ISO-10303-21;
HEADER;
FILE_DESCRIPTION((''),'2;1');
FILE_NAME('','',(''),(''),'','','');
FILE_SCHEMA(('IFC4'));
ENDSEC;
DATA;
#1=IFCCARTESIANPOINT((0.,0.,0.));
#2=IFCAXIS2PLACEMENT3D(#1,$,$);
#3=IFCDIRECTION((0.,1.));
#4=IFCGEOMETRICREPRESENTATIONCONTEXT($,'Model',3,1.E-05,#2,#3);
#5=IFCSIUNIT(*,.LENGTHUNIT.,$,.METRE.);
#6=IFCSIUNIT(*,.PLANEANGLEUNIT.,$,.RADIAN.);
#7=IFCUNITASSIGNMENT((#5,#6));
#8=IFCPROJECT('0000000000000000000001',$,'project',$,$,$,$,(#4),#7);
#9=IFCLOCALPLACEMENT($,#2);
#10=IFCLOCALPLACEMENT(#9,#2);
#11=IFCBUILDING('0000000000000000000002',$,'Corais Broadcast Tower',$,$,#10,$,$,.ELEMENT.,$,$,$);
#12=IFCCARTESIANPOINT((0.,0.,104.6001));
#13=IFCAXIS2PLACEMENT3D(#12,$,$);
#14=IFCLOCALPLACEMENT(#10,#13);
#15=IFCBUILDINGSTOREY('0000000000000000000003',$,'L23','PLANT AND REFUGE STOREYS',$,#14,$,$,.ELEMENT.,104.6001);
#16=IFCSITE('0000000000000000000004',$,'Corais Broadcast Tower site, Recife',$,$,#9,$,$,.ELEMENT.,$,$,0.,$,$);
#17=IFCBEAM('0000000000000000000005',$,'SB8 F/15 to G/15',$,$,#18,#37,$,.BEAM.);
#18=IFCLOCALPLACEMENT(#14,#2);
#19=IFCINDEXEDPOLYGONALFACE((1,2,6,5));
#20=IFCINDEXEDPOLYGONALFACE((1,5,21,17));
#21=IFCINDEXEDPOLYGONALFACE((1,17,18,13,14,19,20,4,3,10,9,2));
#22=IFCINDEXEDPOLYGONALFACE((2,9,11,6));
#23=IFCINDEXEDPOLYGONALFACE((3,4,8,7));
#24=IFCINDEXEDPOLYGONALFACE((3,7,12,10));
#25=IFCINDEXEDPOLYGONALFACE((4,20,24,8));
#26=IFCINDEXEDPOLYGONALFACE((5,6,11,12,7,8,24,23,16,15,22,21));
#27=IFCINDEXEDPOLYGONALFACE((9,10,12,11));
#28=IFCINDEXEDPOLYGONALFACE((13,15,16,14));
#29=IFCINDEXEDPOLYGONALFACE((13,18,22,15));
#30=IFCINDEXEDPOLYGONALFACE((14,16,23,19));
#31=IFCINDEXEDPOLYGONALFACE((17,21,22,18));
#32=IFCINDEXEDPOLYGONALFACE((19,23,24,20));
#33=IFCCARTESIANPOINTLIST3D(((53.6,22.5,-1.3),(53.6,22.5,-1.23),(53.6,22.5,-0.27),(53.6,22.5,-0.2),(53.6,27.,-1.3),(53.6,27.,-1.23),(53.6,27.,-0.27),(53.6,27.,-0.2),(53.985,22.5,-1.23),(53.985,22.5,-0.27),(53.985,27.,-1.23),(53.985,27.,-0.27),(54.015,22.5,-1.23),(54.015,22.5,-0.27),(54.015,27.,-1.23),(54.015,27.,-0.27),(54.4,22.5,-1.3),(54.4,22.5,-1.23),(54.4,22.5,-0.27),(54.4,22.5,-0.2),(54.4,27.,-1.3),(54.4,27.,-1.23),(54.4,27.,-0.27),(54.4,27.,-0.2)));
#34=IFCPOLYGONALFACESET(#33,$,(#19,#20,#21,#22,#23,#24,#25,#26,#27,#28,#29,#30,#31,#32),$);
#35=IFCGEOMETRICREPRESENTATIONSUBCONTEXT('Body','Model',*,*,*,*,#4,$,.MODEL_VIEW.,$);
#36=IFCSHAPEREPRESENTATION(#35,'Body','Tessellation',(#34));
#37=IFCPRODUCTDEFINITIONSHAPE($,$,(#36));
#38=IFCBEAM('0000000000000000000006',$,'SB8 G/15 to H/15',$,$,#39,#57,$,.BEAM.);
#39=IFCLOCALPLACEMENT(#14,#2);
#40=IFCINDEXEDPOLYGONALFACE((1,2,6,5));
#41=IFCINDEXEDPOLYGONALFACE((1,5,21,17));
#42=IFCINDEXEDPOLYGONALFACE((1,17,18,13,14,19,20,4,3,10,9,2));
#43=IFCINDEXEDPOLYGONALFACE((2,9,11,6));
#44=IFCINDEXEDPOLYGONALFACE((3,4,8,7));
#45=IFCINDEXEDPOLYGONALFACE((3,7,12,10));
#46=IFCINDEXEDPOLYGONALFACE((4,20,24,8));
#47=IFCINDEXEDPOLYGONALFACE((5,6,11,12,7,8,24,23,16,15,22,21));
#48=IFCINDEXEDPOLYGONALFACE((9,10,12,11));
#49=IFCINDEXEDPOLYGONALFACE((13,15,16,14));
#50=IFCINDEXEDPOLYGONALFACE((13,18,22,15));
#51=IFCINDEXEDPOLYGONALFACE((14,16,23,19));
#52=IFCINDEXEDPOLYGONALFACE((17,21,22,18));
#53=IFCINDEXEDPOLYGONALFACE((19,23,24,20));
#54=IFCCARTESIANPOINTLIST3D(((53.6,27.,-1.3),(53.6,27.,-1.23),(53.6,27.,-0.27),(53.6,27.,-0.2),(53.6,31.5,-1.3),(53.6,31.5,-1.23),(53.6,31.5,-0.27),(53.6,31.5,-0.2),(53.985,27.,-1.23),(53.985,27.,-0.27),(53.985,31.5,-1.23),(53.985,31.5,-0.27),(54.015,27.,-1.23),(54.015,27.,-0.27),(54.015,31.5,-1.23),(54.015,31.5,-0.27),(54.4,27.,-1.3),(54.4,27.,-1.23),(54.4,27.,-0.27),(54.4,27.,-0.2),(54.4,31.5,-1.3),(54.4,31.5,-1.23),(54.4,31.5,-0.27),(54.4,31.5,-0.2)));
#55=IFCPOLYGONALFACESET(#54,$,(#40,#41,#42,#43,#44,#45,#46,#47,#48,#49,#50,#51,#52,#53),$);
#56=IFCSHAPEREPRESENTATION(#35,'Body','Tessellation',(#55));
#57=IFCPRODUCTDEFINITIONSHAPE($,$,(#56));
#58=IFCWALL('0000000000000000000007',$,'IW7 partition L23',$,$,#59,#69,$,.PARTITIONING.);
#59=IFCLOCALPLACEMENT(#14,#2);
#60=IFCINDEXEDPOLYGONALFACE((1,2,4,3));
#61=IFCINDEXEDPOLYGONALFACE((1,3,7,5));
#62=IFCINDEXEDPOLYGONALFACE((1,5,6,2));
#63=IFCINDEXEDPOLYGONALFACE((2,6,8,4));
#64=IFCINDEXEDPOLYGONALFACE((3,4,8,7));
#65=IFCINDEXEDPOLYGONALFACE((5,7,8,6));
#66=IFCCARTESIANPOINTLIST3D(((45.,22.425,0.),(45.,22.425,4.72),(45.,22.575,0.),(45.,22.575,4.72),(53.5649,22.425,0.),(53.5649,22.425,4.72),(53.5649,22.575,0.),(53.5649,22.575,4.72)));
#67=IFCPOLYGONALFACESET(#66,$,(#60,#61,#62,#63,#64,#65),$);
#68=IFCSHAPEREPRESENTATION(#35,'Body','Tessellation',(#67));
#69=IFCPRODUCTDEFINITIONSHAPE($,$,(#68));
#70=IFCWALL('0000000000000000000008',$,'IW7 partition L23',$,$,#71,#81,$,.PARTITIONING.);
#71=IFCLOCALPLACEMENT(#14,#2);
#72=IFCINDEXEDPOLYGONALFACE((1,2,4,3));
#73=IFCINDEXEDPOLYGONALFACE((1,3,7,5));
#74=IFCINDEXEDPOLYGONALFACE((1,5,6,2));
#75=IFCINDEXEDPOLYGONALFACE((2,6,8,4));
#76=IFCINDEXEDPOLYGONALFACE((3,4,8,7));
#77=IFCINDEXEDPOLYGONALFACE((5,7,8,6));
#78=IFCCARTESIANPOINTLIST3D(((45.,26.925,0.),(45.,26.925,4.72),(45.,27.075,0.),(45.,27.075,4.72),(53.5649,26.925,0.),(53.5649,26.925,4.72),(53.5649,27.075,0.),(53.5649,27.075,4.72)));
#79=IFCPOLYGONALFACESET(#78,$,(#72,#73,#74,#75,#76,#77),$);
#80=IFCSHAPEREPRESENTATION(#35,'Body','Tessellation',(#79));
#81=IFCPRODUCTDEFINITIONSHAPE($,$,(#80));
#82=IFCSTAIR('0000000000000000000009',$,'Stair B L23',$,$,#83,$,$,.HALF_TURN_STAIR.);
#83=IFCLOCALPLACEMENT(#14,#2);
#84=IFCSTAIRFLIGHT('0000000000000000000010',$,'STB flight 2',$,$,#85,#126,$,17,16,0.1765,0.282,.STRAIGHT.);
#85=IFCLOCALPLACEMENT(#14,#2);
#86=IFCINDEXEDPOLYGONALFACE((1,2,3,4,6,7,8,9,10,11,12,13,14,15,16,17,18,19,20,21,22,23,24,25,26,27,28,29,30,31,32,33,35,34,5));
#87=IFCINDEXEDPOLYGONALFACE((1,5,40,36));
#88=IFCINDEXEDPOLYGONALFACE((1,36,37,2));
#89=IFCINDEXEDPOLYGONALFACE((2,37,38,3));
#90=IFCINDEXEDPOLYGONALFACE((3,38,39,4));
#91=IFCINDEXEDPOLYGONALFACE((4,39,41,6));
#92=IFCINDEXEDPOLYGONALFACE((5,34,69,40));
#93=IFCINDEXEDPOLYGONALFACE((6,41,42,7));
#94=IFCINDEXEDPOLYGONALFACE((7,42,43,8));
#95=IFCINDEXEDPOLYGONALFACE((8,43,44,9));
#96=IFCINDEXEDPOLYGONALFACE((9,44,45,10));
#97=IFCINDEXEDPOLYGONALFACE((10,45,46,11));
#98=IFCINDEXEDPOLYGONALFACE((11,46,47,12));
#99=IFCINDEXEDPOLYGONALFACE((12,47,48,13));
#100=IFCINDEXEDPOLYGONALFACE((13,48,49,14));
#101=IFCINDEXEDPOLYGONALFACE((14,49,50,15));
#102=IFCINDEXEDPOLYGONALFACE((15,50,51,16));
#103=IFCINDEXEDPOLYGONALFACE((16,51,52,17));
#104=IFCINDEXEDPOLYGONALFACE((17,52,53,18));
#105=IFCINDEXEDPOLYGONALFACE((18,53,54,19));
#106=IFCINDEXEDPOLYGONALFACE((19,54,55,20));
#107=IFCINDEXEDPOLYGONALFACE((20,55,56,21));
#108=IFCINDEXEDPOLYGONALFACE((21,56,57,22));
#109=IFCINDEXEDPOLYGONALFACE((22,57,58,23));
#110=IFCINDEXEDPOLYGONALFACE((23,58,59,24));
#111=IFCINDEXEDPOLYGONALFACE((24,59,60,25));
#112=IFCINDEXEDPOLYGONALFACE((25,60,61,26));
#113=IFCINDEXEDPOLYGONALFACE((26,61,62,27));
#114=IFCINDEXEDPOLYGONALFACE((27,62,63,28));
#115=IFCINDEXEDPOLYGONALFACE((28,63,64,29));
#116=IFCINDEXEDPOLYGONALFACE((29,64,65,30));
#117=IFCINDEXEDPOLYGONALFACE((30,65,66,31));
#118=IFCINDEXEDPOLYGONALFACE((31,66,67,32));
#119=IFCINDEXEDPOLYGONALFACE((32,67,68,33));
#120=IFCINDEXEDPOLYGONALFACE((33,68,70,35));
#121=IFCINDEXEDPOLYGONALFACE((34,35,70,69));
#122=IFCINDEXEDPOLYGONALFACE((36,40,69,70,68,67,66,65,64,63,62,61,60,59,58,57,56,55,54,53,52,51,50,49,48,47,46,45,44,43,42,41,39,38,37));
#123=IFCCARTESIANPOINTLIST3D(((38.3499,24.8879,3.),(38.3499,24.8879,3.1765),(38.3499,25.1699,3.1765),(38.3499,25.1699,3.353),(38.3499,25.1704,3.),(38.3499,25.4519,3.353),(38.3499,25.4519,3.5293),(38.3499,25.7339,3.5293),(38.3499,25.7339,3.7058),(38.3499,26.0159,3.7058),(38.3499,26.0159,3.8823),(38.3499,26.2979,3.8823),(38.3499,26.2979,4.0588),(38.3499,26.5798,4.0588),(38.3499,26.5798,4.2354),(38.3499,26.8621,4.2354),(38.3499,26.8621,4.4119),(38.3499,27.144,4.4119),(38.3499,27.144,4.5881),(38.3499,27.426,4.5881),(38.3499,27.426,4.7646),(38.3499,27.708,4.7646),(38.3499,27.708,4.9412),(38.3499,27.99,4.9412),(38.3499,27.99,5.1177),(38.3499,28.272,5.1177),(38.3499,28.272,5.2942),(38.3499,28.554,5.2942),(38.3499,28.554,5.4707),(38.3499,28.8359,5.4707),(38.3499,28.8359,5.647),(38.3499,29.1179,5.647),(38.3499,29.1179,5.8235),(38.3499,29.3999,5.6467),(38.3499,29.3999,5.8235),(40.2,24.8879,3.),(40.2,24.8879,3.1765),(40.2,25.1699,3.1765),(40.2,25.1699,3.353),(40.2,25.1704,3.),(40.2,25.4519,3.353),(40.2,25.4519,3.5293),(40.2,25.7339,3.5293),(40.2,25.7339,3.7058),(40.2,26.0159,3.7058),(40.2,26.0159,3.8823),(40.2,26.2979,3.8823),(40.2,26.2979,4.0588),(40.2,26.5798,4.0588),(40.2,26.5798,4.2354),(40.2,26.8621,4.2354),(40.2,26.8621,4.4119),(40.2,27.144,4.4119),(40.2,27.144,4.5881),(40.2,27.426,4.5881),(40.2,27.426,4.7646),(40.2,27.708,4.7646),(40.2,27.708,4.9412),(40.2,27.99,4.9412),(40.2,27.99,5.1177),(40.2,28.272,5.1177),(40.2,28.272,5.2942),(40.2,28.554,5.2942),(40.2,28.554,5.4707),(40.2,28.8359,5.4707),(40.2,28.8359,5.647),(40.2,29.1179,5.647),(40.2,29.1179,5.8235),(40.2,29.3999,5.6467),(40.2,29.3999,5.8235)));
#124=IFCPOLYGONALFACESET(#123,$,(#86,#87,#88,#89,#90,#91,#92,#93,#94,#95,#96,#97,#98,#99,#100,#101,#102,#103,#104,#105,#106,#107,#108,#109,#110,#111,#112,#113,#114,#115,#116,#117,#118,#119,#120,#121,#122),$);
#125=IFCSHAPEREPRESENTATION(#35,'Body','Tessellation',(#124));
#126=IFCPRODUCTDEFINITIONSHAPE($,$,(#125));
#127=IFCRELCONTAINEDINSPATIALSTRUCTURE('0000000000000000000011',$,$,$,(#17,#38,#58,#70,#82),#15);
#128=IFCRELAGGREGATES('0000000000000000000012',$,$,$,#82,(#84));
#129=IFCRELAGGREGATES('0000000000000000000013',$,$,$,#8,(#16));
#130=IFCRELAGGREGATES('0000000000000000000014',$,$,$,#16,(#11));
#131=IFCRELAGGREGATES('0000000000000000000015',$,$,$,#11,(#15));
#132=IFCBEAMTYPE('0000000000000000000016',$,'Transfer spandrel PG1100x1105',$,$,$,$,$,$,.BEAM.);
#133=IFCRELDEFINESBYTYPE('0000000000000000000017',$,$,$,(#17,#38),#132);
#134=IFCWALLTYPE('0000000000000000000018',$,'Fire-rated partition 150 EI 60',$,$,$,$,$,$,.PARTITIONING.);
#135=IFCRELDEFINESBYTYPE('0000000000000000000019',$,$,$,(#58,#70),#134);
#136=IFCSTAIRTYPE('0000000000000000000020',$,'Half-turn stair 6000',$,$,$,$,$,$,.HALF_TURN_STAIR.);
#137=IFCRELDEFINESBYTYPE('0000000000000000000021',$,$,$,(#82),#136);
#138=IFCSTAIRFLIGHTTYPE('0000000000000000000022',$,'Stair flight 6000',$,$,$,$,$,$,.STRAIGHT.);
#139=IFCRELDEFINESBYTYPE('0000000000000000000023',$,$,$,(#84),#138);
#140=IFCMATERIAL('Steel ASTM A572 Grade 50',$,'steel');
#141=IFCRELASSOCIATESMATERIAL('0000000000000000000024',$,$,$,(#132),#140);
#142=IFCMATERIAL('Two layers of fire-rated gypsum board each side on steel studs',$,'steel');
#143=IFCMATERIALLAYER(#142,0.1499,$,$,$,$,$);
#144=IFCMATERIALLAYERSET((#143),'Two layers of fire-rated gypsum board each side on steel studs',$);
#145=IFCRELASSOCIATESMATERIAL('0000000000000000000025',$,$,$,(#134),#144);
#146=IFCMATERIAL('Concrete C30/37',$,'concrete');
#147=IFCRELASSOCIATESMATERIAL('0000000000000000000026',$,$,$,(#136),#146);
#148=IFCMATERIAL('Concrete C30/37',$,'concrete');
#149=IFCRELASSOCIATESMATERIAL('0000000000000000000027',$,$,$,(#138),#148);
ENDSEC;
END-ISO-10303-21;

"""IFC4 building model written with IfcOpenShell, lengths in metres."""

from ifc_helpers import new_model, si_unit, direction, frame, frame_2d, origin, origin_2d, place, context, subcontext, project, spatial, polyline, rectangle, i_section, outline, extrude, material, layer, layer_set, material_profile, profile_set, type_object, element, aggregate, save


model = new_model("IFC4")

# Units and contexts
model_context = context("Model", 3, precision=1e-05, world=origin(), true_north=direction((0.0, 1.0)))
body_context = subcontext(model_context, "Body", "Model", "MODEL_VIEW")
ifc_project = project(units=[si_unit("LENGTHUNIT", "METRE"), si_unit("PLANEANGLEUNIT", "RADIAN")], contexts=[model_context])

# Site, building, storey
site_placement = place(None, origin())
site = spatial("IfcSite", under=ifc_project, at=site_placement, Name="Corais Broadcast Tower site, Recife", CompositionType="ELEMENT", RefElevation=0.0)
building_placement = place(site_placement, origin())
building = spatial("IfcBuilding", under=site, at=building_placement, Name="Corais Broadcast Tower", CompositionType="ELEMENT")
storey_placement = place(building_placement, frame((0.0, 0.0, 104.6001)))
storey = spatial("IfcBuildingStorey", under=building, at=storey_placement, Name="L23", Description="PLANT AND REFUGE STOREYS", CompositionType="ELEMENT", Elevation=104.6001)

# Beams
ifc_material_1 = material(Name="Steel ASTM A572 Grade 50", Category="steel")
ifc_material_profile_1 = material_profile(ifc_material_1, i_section(OverallWidth=0.8, OverallDepth=1.1001, WebThickness=0.03, FlangeThickness=0.0701, at=origin_2d()), Name="PG1100x1105")
ifc_profile_set_1 = profile_set([ifc_material_profile_1], Name="Steel ASTM A572 Grade 50")
beam_type_1 = type_object("IfcBeamType", Name="Transfer spandrel PG1100x1105", PredefinedType="BEAM", material=ifc_profile_set_1)
for number, where, z_axis, x_axis, name in (
    (1, (54.0, 22.5, -0.75), (0.0, 1.0, 0.0), (-1.0, 0.0, 0.0), "SB8 F/15 to G/15"),
    (2, (54.0, 27.0, -0.75), (0.0, 1.0, 0.0), (-1.0, 0.0, 0.0), "SB8 G/15 to H/15"),
):
    element("IfcBeam", number, at=place(storey_placement, frame(where, z_axis=z_axis, x_axis=x_axis)), inside=storey, type_object=beam_type_1, Name=name, PredefinedType="BEAM", context=body_context, shape_type="SweptSolid", body=[
        extrude(i_section(OverallWidth=0.8, OverallDepth=1.1001, WebThickness=0.03, FlangeThickness=0.0701, at=origin_2d()), origin(), (0.0, 0.0, 1.0), 4.5),
    ])

# Walls
ifc_material_2 = material(Name="Two layers of fire-rated gypsum board each side on steel studs", Category="steel")
ifc_layer = layer(ifc_material_2, 0.1499)
ifc_layer_set = layer_set([ifc_layer], Name="Two layers of fire-rated gypsum board each side on steel studs")
wall_type = type_object("IfcWallType", Name="Fire-rated partition 150 EI 60", PredefinedType="PARTITIONING", material=ifc_layer_set)
for number, where, z_axis, x_axis, name in (
    (3, (45.0, 22.5, 0.0), (0.0, 0.0, 1.0), (1.0, 0.0, 0.0), "IW7 partition L23"),
    (4, (53.5649, 27.0, 0.0), (0.0, 0.0, 1.0), (-1.0, 0.0, 0.0), "IW7 partition L23"),
):
    element("IfcWall", number, at=place(storey_placement, frame(where, z_axis=z_axis, x_axis=x_axis)), inside=storey, type_object=wall_type, Name=name, PredefinedType="PARTITIONING", context=body_context, shape_type="SweptSolid", body=[
        extrude(rectangle(XDim=8.5649, YDim=0.1499, at=frame_2d((4.2825, 0.0))), origin(), (0.0, 0.0, 1.0), 4.72),
    ])

# Stair, stair flight
ifc_material_3 = material(Name="Concrete C30/37", Category="concrete")
stair_type = type_object("IfcStairType", Name="Half-turn stair 6000", PredefinedType="HALF_TURN_STAIR", material=ifc_material_3)
stair_placement = place(storey_placement, origin())
stair = element("IfcStair", 5, at=stair_placement, inside=storey, type_object=stair_type, Name="Stair B L23", PredefinedType="HALF_TURN_STAIR")
ifc_material_4 = material(Name="Concrete C30/37", Category="concrete")
stair_flight_type = type_object("IfcStairFlightType", Name="Stair flight 6000", PredefinedType="STRAIGHT", material=ifc_material_4)
stair_flight_placement = place(storey_placement, frame((39.2749, 24.8879, 3.0), z_axis=(0.0, 0.0, 1.0), x_axis=(0.0, 1.0, 0.0)))
stair_flight = element("IfcStairFlight", 6, at=stair_flight_placement, type_object=stair_flight_type, Name="STB flight 2", NumberOfRisers=17, NumberOfTreads=16, PredefinedType="STRAIGHT", RiserHeight=0.1765, TreadLength=0.282, context=body_context, shape_type="SweptSolid", body=[
    extrude(outline(polyline([(0.0, 0.0), (0.0, 0.1765), (0.282, 0.1765), (0.282, 0.353), (0.564, 0.353), (0.564, 0.5293), (0.8459, 0.5293), (0.8459, 0.7058), (1.1279, 0.7058), (1.1279, 0.8823), (1.4099, 0.8823), (1.4099, 1.0588), (1.6919, 1.0588), (1.6919, 1.2354), (1.9741, 1.2354), (1.9741, 1.4119), (2.2561, 1.4119), (2.2561, 1.5881), (2.5381, 1.5881), (2.5381, 1.7646), (2.8201, 1.7646), (2.8201, 1.9412), (3.1021, 1.9412), (3.1021, 2.1177), (3.384, 2.1177), (3.384, 2.2942), (3.666, 2.2942), (3.666, 2.4707), (3.948, 2.4707), (3.948, 2.647), (4.23, 2.647), (4.23, 2.8235), (4.512, 2.8235), (4.512, 3.0), (4.512, 2.6467), (0.2825, 0.0), (0.0, 0.0)])), frame((0.0, 0.925, 0.0), z_axis=(0.0, -1.0, 0.0), x_axis=(1.0, 0.0, 0.0)), (0.0, 0.0, 1.0), 1.8501),
])
aggregate(stair, [stair_flight])

save(model, "model.ifc")
